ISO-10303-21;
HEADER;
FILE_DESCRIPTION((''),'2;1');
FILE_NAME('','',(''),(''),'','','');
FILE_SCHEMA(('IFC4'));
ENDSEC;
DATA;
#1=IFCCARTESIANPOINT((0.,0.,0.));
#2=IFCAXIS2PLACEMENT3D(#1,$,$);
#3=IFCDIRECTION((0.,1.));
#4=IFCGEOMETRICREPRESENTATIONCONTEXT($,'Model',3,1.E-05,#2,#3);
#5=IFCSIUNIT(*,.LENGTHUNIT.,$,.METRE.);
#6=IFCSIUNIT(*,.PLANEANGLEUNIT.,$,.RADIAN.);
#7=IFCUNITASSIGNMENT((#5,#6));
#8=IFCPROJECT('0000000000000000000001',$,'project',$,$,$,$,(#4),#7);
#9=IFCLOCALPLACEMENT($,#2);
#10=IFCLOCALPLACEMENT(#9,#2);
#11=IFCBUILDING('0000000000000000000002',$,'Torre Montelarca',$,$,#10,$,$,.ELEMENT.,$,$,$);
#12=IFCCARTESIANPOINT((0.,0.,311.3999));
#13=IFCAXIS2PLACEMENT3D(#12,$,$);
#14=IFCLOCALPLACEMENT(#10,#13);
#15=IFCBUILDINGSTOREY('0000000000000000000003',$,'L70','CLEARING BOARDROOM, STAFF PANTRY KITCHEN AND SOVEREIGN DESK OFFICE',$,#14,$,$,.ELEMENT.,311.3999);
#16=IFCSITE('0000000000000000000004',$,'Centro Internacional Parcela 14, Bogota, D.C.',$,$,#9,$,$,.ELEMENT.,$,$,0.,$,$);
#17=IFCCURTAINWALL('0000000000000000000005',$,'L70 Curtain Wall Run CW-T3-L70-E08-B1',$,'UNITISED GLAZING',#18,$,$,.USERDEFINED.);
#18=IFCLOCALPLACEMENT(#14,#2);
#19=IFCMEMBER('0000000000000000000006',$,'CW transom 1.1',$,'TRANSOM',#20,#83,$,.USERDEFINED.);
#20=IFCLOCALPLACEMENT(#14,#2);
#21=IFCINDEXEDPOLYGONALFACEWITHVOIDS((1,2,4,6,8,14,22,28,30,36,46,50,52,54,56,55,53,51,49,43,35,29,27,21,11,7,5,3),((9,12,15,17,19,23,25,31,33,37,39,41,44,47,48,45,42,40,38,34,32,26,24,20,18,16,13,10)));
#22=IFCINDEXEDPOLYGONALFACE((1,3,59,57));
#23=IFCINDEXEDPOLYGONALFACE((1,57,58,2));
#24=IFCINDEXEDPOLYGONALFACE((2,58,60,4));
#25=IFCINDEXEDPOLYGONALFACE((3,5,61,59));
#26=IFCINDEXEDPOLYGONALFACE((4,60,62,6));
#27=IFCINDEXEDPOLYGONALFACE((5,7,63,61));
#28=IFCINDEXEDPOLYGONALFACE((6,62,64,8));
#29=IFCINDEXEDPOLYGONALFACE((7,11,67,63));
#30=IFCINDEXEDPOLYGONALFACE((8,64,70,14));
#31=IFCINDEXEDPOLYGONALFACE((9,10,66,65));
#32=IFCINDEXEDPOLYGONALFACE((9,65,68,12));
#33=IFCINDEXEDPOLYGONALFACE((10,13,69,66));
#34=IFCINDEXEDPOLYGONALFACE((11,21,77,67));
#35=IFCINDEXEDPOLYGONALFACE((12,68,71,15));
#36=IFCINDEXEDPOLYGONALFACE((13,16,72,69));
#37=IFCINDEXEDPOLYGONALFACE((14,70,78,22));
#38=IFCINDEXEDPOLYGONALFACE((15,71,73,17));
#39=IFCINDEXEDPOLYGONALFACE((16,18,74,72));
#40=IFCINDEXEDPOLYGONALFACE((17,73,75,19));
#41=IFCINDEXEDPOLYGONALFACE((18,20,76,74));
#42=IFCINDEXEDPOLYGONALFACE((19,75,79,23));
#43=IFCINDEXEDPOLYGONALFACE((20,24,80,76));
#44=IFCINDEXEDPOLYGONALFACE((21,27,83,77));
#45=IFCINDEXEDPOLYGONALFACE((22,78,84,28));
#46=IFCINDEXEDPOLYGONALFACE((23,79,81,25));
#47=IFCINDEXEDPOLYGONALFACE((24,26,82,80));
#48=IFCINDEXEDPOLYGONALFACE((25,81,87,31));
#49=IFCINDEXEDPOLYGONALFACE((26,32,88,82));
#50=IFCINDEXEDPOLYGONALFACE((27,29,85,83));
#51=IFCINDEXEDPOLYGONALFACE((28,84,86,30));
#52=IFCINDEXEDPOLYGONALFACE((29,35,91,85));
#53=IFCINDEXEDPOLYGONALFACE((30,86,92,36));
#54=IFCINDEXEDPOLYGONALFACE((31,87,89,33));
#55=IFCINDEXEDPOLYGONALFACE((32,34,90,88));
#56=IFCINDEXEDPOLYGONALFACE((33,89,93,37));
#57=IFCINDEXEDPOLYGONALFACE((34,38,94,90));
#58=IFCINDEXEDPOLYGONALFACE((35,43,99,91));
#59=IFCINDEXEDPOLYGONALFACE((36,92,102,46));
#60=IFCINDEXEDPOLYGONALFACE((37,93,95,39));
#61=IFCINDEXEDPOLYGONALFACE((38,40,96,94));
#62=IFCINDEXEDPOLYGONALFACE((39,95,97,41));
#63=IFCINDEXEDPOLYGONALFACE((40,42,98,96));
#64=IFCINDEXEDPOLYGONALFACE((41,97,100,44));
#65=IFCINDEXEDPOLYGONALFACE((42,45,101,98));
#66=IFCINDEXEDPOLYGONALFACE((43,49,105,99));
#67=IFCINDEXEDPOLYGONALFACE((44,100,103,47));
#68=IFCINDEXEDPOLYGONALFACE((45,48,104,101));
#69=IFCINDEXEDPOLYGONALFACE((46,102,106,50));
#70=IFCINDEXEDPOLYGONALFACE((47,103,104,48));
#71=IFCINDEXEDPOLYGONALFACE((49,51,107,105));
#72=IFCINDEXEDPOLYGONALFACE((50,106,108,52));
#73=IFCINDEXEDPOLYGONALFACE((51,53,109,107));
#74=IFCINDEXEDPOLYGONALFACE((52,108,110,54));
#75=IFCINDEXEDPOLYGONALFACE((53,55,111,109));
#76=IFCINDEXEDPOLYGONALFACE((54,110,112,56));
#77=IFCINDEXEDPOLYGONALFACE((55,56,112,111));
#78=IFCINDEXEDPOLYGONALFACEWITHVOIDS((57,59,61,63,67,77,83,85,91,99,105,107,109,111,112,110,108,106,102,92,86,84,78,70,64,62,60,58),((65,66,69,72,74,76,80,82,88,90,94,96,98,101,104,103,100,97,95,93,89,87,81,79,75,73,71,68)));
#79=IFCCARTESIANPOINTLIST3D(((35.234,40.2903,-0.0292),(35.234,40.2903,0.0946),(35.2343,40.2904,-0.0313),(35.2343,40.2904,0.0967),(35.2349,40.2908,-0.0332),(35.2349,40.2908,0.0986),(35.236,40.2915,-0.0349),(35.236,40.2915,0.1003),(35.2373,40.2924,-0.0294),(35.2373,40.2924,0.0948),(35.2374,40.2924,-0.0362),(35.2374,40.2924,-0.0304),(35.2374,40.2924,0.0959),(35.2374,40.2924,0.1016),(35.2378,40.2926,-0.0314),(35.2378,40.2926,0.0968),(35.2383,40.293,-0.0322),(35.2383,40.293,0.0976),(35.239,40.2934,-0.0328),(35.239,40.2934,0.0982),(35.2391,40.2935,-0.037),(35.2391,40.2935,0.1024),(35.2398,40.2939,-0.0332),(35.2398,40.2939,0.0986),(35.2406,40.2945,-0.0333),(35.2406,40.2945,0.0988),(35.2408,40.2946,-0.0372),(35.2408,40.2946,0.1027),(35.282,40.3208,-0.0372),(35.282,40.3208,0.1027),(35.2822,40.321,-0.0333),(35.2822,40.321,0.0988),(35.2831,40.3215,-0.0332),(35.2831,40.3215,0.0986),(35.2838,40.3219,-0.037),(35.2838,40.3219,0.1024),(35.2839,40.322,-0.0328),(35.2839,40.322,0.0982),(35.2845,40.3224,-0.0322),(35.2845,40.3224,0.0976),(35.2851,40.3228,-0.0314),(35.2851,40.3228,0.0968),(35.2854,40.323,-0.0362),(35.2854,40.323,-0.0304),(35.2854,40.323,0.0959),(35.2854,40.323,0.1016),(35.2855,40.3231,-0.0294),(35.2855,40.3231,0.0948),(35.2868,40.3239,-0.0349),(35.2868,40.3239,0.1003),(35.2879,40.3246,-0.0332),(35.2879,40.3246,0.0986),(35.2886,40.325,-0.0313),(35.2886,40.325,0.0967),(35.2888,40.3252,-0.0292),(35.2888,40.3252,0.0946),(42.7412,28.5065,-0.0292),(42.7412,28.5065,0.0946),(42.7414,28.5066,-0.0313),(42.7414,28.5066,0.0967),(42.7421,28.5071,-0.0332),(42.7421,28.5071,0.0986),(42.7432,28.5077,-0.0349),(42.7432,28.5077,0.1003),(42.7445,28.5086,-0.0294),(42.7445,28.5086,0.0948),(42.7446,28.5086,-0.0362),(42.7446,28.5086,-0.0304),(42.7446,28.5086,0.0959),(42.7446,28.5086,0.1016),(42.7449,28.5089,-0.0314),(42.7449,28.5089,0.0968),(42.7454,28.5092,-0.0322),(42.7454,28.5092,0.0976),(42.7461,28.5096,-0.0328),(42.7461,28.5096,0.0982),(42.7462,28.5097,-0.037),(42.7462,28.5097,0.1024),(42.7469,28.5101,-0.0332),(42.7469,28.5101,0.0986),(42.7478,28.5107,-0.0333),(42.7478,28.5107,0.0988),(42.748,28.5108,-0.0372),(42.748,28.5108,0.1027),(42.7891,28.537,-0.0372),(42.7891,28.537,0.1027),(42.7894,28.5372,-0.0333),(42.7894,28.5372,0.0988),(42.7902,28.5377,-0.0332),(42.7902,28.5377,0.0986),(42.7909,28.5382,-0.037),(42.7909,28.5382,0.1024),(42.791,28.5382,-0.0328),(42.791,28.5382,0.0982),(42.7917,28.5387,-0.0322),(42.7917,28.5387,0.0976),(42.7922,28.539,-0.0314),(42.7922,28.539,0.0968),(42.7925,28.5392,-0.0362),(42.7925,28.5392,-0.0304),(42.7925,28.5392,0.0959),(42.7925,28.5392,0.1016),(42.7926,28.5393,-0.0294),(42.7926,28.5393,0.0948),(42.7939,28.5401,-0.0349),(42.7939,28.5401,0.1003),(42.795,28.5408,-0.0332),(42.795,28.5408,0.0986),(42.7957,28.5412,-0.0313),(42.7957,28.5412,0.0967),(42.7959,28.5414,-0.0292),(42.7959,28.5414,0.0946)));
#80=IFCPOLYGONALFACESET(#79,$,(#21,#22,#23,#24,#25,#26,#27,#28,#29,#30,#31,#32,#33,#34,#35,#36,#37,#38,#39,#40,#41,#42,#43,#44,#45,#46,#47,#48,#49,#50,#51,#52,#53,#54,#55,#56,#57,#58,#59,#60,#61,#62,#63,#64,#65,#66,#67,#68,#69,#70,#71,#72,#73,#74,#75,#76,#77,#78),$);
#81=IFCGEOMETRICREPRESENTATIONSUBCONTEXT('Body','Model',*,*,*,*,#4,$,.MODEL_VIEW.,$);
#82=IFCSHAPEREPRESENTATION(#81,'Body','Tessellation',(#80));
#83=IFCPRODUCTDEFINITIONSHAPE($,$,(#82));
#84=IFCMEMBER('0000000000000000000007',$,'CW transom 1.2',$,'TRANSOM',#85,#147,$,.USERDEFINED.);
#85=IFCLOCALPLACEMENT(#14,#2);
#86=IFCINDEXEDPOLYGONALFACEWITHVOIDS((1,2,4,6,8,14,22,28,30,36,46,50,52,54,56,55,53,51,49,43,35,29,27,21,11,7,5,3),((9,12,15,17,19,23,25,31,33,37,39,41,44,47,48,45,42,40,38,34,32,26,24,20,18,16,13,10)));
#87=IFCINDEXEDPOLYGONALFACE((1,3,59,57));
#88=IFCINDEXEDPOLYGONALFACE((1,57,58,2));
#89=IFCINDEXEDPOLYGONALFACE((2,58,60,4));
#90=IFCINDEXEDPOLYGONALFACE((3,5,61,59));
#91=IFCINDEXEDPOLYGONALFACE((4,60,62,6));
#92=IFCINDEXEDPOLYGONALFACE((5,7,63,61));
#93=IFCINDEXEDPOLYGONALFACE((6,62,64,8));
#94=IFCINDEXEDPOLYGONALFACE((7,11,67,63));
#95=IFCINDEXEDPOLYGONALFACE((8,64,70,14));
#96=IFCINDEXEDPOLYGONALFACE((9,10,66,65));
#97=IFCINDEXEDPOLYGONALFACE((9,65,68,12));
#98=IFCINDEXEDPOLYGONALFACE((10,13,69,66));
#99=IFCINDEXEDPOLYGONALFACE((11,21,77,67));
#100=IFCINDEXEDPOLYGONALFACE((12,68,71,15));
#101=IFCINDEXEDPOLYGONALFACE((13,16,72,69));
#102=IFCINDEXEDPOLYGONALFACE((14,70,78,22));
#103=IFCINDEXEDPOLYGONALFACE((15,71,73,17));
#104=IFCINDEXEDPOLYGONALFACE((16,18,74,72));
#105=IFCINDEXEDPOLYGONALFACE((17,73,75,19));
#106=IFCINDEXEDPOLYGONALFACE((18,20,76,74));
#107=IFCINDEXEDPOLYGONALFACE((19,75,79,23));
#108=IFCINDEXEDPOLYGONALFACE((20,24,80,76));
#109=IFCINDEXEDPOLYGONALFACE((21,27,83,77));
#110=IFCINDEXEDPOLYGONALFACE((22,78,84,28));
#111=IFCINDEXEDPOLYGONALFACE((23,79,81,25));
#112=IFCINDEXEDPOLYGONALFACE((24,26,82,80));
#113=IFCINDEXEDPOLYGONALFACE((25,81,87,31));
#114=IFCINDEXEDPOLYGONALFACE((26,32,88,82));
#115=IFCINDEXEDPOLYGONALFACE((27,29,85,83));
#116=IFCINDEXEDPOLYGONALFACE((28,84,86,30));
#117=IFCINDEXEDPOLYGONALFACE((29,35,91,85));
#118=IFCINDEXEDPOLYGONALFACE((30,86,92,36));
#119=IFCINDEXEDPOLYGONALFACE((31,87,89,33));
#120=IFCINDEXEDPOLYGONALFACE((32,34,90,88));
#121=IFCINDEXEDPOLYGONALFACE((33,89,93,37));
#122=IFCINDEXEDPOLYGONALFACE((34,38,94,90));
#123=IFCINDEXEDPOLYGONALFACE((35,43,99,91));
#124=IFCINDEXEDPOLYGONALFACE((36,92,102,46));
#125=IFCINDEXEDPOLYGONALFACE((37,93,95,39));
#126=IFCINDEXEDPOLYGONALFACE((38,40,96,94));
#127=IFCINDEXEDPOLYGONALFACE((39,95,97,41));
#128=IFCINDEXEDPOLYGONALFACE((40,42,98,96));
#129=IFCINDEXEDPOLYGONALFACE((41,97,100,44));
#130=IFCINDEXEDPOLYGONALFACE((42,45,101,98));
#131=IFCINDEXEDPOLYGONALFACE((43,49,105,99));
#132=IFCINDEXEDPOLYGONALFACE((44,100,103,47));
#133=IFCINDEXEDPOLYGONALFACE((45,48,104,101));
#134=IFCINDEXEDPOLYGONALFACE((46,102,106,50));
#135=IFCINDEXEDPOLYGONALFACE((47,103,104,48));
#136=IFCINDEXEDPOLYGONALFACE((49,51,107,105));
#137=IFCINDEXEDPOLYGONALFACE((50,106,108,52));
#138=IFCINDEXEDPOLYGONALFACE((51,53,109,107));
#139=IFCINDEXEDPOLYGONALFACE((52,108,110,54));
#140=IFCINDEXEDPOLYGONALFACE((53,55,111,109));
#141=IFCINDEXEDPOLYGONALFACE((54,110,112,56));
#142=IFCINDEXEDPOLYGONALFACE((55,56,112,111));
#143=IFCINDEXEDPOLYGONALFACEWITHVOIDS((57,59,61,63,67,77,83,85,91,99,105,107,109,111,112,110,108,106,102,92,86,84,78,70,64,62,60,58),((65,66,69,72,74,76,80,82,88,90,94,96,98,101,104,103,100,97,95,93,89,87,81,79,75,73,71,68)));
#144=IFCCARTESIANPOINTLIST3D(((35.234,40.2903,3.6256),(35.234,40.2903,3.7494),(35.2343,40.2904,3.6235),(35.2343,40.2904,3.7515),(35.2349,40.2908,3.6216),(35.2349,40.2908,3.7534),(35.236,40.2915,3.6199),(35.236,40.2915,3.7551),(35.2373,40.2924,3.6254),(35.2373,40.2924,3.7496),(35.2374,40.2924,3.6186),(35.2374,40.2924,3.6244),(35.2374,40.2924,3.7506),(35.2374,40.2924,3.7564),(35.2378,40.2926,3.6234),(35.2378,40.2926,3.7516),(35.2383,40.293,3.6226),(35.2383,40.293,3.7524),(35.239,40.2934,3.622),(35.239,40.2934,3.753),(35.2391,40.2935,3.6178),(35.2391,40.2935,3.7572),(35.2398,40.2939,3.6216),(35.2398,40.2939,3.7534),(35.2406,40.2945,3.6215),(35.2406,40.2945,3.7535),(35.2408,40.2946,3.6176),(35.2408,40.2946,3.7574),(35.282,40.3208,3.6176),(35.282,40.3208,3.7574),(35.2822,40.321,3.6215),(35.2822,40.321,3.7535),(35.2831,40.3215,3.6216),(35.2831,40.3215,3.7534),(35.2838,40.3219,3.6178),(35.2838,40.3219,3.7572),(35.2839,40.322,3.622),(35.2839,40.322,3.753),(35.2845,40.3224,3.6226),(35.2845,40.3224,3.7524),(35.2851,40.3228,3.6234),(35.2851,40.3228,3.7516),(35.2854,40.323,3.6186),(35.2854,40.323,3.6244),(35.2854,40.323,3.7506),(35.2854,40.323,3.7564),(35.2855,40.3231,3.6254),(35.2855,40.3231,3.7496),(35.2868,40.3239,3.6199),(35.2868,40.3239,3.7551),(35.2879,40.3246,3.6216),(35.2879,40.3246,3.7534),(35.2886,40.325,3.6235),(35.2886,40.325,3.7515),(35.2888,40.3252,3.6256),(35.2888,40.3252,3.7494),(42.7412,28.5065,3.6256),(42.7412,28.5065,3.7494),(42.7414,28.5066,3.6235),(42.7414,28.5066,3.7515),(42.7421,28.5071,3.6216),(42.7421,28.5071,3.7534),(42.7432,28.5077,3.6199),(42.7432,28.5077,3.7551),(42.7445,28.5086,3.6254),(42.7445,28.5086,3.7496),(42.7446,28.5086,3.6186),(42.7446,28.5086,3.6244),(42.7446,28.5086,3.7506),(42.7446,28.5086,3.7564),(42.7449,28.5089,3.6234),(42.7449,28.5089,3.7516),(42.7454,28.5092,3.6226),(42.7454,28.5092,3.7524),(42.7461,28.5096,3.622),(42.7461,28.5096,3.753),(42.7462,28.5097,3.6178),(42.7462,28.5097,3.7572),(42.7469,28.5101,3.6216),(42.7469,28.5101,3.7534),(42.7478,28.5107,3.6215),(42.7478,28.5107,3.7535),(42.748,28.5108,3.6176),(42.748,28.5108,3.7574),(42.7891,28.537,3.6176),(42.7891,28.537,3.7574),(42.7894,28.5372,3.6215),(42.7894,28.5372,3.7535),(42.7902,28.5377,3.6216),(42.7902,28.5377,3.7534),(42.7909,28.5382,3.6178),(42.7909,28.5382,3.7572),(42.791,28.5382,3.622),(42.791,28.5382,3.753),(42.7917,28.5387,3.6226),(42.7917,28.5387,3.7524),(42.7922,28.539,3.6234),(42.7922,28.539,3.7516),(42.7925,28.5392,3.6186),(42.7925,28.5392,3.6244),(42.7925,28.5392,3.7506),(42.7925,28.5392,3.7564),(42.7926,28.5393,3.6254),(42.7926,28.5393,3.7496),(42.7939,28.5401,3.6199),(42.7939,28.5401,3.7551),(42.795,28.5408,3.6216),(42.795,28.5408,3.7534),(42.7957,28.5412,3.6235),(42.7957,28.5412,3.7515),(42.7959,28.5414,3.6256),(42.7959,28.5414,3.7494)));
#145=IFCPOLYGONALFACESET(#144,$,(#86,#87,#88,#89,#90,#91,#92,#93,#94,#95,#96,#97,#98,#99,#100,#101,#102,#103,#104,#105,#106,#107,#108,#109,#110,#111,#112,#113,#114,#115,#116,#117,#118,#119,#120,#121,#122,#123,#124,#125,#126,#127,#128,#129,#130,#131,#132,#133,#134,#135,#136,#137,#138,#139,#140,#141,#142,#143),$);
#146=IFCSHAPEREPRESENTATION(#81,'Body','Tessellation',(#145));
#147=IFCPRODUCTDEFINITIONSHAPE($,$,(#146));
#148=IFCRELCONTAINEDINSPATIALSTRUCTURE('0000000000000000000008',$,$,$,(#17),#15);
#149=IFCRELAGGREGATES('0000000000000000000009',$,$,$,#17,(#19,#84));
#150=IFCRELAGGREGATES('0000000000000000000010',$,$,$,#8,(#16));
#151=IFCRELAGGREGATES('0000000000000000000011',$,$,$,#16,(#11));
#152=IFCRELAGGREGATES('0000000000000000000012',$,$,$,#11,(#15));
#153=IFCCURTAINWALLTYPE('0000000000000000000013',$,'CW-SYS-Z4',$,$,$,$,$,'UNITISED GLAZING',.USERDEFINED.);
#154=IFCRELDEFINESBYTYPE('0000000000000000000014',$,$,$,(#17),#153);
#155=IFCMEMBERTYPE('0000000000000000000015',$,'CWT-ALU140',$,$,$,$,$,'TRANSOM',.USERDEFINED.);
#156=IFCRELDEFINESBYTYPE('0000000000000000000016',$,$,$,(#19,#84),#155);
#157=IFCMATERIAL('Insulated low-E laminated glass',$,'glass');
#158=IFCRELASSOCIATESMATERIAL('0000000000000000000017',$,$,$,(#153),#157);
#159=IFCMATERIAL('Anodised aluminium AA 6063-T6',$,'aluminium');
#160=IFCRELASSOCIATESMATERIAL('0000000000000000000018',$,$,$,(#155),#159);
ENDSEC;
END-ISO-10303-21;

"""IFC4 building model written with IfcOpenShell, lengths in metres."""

from ifc_helpers import new_model, si_unit, direction, frame, origin, origin_2d, place, context, subcontext, project, spatial, hollow_rectangle, extrude, source, transform, mapped, material, material_profile, profile_set, type_object, element, aggregate, save


model = new_model("IFC4")

# Units and contexts
model_context = context("Model", 3, precision=1e-05, world=origin(), true_north=direction((0.0, 1.0)))
body_context = subcontext(model_context, "Body", "Model", "MODEL_VIEW")
ifc_project = project(units=[si_unit("LENGTHUNIT", "METRE"), si_unit("PLANEANGLEUNIT", "RADIAN")], contexts=[model_context])

# Site, building, storey
site_placement = place(None, origin())
site = spatial("IfcSite", under=ifc_project, at=site_placement, Name="Centro Internacional Parcela 14, Bogota, D.C.", CompositionType="ELEMENT", RefElevation=0.0)
building_placement = place(site_placement, origin())
building = spatial("IfcBuilding", under=site, at=building_placement, Name="Torre Montelarca", CompositionType="ELEMENT")
storey_placement = place(building_placement, frame((0.0, 0.0, 311.3999)))
storey = spatial("IfcBuildingStorey", under=building, at=storey_placement, Name="L70", Description="CLEARING BOARDROOM, STAFF PANTRY KITCHEN AND SOVEREIGN DESK OFFICE", CompositionType="ELEMENT", Elevation=311.3999)

# Shared definitions
ifc_material_1 = material(Name="Insulated low-E laminated glass", Category="glass")
curtain_wall_type = type_object("IfcCurtainWallType", Name="CW-SYS-Z4", ElementType="UNITISED GLAZING", PredefinedType="USERDEFINED", material=ifc_material_1)
ifc_material_2 = material(Name="Anodised aluminium AA 6063-T6", Category="aluminium")

# Curtain wall
curtain_wall_1_placement = place(storey_placement, origin())
curtain_wall_1 = element("IfcCurtainWall", 1, at=curtain_wall_1_placement, inside=storey, type_object=curtain_wall_type, Name="L70 Curtain Wall Run CW-T3-L70-E08-B1", ObjectType="UNITISED GLAZING", PredefinedType="USERDEFINED")

# Members
ifc_material_profile_1 = material_profile(ifc_material_2, hollow_rectangle(XDim=0.0649, YDim=0.1399, WallThickness=0.0039, InnerFilletRadius=0.0039, OuterFilletRadius=0.0081, at=origin_2d()), Name="ALU65X140X4", Category="aluminium")
ifc_profile_set_1 = profile_set([ifc_material_profile_1], Name="Anodised aluminium AA 6063-T6")
member_type_1 = type_object("IfcMemberType", Name="CWT-ALU140", ElementType="TRANSOM", PredefinedType="USERDEFINED", material=ifc_profile_set_1)
shared_shape_1 = source(origin(), body_context, "Body", "SweptSolid", [
    extrude(hollow_rectangle(XDim=0.0649, YDim=0.1399, WallThickness=0.0039, InnerFilletRadius=0.0039, OuterFilletRadius=0.0081, at=origin_2d()), origin(), (0.0, 0.0, 1.0), 13.9719),
])
member_1_placement = place(storey_placement, frame((42.7686, 28.5239, 0.0327), z_axis=(-0.537302, 0.84339, 0.0), x_axis=(-0.84339, -0.537302, 0.0)))
member_1 = element("IfcMember", 2, at=member_1_placement, type_object=member_type_1, Name="CW transom 1.1", ObjectType="TRANSOM", PredefinedType="USERDEFINED", context=body_context, shape_type="MappedRepresentation", body=[
    mapped(shared_shape_1, transform((0.0, 0.0, 0.0), scale=1.0)),
])
member_2_placement = place(storey_placement, frame((42.7686, 28.5239, 3.6875), z_axis=(-0.537302, 0.84339, 0.0), x_axis=(-0.84339, -0.537302, 0.0)))
member_2 = element("IfcMember", 3, at=member_2_placement, type_object=member_type_1, Name="CW transom 1.2", ObjectType="TRANSOM", PredefinedType="USERDEFINED", context=body_context, shape_type="MappedRepresentation", body=[
    mapped(shared_shape_1, transform((0.0, 0.0, 0.0), scale=1.0)),
])
aggregate(curtain_wall_1, [member_1, member_2])

save(model, "model.ifc")
